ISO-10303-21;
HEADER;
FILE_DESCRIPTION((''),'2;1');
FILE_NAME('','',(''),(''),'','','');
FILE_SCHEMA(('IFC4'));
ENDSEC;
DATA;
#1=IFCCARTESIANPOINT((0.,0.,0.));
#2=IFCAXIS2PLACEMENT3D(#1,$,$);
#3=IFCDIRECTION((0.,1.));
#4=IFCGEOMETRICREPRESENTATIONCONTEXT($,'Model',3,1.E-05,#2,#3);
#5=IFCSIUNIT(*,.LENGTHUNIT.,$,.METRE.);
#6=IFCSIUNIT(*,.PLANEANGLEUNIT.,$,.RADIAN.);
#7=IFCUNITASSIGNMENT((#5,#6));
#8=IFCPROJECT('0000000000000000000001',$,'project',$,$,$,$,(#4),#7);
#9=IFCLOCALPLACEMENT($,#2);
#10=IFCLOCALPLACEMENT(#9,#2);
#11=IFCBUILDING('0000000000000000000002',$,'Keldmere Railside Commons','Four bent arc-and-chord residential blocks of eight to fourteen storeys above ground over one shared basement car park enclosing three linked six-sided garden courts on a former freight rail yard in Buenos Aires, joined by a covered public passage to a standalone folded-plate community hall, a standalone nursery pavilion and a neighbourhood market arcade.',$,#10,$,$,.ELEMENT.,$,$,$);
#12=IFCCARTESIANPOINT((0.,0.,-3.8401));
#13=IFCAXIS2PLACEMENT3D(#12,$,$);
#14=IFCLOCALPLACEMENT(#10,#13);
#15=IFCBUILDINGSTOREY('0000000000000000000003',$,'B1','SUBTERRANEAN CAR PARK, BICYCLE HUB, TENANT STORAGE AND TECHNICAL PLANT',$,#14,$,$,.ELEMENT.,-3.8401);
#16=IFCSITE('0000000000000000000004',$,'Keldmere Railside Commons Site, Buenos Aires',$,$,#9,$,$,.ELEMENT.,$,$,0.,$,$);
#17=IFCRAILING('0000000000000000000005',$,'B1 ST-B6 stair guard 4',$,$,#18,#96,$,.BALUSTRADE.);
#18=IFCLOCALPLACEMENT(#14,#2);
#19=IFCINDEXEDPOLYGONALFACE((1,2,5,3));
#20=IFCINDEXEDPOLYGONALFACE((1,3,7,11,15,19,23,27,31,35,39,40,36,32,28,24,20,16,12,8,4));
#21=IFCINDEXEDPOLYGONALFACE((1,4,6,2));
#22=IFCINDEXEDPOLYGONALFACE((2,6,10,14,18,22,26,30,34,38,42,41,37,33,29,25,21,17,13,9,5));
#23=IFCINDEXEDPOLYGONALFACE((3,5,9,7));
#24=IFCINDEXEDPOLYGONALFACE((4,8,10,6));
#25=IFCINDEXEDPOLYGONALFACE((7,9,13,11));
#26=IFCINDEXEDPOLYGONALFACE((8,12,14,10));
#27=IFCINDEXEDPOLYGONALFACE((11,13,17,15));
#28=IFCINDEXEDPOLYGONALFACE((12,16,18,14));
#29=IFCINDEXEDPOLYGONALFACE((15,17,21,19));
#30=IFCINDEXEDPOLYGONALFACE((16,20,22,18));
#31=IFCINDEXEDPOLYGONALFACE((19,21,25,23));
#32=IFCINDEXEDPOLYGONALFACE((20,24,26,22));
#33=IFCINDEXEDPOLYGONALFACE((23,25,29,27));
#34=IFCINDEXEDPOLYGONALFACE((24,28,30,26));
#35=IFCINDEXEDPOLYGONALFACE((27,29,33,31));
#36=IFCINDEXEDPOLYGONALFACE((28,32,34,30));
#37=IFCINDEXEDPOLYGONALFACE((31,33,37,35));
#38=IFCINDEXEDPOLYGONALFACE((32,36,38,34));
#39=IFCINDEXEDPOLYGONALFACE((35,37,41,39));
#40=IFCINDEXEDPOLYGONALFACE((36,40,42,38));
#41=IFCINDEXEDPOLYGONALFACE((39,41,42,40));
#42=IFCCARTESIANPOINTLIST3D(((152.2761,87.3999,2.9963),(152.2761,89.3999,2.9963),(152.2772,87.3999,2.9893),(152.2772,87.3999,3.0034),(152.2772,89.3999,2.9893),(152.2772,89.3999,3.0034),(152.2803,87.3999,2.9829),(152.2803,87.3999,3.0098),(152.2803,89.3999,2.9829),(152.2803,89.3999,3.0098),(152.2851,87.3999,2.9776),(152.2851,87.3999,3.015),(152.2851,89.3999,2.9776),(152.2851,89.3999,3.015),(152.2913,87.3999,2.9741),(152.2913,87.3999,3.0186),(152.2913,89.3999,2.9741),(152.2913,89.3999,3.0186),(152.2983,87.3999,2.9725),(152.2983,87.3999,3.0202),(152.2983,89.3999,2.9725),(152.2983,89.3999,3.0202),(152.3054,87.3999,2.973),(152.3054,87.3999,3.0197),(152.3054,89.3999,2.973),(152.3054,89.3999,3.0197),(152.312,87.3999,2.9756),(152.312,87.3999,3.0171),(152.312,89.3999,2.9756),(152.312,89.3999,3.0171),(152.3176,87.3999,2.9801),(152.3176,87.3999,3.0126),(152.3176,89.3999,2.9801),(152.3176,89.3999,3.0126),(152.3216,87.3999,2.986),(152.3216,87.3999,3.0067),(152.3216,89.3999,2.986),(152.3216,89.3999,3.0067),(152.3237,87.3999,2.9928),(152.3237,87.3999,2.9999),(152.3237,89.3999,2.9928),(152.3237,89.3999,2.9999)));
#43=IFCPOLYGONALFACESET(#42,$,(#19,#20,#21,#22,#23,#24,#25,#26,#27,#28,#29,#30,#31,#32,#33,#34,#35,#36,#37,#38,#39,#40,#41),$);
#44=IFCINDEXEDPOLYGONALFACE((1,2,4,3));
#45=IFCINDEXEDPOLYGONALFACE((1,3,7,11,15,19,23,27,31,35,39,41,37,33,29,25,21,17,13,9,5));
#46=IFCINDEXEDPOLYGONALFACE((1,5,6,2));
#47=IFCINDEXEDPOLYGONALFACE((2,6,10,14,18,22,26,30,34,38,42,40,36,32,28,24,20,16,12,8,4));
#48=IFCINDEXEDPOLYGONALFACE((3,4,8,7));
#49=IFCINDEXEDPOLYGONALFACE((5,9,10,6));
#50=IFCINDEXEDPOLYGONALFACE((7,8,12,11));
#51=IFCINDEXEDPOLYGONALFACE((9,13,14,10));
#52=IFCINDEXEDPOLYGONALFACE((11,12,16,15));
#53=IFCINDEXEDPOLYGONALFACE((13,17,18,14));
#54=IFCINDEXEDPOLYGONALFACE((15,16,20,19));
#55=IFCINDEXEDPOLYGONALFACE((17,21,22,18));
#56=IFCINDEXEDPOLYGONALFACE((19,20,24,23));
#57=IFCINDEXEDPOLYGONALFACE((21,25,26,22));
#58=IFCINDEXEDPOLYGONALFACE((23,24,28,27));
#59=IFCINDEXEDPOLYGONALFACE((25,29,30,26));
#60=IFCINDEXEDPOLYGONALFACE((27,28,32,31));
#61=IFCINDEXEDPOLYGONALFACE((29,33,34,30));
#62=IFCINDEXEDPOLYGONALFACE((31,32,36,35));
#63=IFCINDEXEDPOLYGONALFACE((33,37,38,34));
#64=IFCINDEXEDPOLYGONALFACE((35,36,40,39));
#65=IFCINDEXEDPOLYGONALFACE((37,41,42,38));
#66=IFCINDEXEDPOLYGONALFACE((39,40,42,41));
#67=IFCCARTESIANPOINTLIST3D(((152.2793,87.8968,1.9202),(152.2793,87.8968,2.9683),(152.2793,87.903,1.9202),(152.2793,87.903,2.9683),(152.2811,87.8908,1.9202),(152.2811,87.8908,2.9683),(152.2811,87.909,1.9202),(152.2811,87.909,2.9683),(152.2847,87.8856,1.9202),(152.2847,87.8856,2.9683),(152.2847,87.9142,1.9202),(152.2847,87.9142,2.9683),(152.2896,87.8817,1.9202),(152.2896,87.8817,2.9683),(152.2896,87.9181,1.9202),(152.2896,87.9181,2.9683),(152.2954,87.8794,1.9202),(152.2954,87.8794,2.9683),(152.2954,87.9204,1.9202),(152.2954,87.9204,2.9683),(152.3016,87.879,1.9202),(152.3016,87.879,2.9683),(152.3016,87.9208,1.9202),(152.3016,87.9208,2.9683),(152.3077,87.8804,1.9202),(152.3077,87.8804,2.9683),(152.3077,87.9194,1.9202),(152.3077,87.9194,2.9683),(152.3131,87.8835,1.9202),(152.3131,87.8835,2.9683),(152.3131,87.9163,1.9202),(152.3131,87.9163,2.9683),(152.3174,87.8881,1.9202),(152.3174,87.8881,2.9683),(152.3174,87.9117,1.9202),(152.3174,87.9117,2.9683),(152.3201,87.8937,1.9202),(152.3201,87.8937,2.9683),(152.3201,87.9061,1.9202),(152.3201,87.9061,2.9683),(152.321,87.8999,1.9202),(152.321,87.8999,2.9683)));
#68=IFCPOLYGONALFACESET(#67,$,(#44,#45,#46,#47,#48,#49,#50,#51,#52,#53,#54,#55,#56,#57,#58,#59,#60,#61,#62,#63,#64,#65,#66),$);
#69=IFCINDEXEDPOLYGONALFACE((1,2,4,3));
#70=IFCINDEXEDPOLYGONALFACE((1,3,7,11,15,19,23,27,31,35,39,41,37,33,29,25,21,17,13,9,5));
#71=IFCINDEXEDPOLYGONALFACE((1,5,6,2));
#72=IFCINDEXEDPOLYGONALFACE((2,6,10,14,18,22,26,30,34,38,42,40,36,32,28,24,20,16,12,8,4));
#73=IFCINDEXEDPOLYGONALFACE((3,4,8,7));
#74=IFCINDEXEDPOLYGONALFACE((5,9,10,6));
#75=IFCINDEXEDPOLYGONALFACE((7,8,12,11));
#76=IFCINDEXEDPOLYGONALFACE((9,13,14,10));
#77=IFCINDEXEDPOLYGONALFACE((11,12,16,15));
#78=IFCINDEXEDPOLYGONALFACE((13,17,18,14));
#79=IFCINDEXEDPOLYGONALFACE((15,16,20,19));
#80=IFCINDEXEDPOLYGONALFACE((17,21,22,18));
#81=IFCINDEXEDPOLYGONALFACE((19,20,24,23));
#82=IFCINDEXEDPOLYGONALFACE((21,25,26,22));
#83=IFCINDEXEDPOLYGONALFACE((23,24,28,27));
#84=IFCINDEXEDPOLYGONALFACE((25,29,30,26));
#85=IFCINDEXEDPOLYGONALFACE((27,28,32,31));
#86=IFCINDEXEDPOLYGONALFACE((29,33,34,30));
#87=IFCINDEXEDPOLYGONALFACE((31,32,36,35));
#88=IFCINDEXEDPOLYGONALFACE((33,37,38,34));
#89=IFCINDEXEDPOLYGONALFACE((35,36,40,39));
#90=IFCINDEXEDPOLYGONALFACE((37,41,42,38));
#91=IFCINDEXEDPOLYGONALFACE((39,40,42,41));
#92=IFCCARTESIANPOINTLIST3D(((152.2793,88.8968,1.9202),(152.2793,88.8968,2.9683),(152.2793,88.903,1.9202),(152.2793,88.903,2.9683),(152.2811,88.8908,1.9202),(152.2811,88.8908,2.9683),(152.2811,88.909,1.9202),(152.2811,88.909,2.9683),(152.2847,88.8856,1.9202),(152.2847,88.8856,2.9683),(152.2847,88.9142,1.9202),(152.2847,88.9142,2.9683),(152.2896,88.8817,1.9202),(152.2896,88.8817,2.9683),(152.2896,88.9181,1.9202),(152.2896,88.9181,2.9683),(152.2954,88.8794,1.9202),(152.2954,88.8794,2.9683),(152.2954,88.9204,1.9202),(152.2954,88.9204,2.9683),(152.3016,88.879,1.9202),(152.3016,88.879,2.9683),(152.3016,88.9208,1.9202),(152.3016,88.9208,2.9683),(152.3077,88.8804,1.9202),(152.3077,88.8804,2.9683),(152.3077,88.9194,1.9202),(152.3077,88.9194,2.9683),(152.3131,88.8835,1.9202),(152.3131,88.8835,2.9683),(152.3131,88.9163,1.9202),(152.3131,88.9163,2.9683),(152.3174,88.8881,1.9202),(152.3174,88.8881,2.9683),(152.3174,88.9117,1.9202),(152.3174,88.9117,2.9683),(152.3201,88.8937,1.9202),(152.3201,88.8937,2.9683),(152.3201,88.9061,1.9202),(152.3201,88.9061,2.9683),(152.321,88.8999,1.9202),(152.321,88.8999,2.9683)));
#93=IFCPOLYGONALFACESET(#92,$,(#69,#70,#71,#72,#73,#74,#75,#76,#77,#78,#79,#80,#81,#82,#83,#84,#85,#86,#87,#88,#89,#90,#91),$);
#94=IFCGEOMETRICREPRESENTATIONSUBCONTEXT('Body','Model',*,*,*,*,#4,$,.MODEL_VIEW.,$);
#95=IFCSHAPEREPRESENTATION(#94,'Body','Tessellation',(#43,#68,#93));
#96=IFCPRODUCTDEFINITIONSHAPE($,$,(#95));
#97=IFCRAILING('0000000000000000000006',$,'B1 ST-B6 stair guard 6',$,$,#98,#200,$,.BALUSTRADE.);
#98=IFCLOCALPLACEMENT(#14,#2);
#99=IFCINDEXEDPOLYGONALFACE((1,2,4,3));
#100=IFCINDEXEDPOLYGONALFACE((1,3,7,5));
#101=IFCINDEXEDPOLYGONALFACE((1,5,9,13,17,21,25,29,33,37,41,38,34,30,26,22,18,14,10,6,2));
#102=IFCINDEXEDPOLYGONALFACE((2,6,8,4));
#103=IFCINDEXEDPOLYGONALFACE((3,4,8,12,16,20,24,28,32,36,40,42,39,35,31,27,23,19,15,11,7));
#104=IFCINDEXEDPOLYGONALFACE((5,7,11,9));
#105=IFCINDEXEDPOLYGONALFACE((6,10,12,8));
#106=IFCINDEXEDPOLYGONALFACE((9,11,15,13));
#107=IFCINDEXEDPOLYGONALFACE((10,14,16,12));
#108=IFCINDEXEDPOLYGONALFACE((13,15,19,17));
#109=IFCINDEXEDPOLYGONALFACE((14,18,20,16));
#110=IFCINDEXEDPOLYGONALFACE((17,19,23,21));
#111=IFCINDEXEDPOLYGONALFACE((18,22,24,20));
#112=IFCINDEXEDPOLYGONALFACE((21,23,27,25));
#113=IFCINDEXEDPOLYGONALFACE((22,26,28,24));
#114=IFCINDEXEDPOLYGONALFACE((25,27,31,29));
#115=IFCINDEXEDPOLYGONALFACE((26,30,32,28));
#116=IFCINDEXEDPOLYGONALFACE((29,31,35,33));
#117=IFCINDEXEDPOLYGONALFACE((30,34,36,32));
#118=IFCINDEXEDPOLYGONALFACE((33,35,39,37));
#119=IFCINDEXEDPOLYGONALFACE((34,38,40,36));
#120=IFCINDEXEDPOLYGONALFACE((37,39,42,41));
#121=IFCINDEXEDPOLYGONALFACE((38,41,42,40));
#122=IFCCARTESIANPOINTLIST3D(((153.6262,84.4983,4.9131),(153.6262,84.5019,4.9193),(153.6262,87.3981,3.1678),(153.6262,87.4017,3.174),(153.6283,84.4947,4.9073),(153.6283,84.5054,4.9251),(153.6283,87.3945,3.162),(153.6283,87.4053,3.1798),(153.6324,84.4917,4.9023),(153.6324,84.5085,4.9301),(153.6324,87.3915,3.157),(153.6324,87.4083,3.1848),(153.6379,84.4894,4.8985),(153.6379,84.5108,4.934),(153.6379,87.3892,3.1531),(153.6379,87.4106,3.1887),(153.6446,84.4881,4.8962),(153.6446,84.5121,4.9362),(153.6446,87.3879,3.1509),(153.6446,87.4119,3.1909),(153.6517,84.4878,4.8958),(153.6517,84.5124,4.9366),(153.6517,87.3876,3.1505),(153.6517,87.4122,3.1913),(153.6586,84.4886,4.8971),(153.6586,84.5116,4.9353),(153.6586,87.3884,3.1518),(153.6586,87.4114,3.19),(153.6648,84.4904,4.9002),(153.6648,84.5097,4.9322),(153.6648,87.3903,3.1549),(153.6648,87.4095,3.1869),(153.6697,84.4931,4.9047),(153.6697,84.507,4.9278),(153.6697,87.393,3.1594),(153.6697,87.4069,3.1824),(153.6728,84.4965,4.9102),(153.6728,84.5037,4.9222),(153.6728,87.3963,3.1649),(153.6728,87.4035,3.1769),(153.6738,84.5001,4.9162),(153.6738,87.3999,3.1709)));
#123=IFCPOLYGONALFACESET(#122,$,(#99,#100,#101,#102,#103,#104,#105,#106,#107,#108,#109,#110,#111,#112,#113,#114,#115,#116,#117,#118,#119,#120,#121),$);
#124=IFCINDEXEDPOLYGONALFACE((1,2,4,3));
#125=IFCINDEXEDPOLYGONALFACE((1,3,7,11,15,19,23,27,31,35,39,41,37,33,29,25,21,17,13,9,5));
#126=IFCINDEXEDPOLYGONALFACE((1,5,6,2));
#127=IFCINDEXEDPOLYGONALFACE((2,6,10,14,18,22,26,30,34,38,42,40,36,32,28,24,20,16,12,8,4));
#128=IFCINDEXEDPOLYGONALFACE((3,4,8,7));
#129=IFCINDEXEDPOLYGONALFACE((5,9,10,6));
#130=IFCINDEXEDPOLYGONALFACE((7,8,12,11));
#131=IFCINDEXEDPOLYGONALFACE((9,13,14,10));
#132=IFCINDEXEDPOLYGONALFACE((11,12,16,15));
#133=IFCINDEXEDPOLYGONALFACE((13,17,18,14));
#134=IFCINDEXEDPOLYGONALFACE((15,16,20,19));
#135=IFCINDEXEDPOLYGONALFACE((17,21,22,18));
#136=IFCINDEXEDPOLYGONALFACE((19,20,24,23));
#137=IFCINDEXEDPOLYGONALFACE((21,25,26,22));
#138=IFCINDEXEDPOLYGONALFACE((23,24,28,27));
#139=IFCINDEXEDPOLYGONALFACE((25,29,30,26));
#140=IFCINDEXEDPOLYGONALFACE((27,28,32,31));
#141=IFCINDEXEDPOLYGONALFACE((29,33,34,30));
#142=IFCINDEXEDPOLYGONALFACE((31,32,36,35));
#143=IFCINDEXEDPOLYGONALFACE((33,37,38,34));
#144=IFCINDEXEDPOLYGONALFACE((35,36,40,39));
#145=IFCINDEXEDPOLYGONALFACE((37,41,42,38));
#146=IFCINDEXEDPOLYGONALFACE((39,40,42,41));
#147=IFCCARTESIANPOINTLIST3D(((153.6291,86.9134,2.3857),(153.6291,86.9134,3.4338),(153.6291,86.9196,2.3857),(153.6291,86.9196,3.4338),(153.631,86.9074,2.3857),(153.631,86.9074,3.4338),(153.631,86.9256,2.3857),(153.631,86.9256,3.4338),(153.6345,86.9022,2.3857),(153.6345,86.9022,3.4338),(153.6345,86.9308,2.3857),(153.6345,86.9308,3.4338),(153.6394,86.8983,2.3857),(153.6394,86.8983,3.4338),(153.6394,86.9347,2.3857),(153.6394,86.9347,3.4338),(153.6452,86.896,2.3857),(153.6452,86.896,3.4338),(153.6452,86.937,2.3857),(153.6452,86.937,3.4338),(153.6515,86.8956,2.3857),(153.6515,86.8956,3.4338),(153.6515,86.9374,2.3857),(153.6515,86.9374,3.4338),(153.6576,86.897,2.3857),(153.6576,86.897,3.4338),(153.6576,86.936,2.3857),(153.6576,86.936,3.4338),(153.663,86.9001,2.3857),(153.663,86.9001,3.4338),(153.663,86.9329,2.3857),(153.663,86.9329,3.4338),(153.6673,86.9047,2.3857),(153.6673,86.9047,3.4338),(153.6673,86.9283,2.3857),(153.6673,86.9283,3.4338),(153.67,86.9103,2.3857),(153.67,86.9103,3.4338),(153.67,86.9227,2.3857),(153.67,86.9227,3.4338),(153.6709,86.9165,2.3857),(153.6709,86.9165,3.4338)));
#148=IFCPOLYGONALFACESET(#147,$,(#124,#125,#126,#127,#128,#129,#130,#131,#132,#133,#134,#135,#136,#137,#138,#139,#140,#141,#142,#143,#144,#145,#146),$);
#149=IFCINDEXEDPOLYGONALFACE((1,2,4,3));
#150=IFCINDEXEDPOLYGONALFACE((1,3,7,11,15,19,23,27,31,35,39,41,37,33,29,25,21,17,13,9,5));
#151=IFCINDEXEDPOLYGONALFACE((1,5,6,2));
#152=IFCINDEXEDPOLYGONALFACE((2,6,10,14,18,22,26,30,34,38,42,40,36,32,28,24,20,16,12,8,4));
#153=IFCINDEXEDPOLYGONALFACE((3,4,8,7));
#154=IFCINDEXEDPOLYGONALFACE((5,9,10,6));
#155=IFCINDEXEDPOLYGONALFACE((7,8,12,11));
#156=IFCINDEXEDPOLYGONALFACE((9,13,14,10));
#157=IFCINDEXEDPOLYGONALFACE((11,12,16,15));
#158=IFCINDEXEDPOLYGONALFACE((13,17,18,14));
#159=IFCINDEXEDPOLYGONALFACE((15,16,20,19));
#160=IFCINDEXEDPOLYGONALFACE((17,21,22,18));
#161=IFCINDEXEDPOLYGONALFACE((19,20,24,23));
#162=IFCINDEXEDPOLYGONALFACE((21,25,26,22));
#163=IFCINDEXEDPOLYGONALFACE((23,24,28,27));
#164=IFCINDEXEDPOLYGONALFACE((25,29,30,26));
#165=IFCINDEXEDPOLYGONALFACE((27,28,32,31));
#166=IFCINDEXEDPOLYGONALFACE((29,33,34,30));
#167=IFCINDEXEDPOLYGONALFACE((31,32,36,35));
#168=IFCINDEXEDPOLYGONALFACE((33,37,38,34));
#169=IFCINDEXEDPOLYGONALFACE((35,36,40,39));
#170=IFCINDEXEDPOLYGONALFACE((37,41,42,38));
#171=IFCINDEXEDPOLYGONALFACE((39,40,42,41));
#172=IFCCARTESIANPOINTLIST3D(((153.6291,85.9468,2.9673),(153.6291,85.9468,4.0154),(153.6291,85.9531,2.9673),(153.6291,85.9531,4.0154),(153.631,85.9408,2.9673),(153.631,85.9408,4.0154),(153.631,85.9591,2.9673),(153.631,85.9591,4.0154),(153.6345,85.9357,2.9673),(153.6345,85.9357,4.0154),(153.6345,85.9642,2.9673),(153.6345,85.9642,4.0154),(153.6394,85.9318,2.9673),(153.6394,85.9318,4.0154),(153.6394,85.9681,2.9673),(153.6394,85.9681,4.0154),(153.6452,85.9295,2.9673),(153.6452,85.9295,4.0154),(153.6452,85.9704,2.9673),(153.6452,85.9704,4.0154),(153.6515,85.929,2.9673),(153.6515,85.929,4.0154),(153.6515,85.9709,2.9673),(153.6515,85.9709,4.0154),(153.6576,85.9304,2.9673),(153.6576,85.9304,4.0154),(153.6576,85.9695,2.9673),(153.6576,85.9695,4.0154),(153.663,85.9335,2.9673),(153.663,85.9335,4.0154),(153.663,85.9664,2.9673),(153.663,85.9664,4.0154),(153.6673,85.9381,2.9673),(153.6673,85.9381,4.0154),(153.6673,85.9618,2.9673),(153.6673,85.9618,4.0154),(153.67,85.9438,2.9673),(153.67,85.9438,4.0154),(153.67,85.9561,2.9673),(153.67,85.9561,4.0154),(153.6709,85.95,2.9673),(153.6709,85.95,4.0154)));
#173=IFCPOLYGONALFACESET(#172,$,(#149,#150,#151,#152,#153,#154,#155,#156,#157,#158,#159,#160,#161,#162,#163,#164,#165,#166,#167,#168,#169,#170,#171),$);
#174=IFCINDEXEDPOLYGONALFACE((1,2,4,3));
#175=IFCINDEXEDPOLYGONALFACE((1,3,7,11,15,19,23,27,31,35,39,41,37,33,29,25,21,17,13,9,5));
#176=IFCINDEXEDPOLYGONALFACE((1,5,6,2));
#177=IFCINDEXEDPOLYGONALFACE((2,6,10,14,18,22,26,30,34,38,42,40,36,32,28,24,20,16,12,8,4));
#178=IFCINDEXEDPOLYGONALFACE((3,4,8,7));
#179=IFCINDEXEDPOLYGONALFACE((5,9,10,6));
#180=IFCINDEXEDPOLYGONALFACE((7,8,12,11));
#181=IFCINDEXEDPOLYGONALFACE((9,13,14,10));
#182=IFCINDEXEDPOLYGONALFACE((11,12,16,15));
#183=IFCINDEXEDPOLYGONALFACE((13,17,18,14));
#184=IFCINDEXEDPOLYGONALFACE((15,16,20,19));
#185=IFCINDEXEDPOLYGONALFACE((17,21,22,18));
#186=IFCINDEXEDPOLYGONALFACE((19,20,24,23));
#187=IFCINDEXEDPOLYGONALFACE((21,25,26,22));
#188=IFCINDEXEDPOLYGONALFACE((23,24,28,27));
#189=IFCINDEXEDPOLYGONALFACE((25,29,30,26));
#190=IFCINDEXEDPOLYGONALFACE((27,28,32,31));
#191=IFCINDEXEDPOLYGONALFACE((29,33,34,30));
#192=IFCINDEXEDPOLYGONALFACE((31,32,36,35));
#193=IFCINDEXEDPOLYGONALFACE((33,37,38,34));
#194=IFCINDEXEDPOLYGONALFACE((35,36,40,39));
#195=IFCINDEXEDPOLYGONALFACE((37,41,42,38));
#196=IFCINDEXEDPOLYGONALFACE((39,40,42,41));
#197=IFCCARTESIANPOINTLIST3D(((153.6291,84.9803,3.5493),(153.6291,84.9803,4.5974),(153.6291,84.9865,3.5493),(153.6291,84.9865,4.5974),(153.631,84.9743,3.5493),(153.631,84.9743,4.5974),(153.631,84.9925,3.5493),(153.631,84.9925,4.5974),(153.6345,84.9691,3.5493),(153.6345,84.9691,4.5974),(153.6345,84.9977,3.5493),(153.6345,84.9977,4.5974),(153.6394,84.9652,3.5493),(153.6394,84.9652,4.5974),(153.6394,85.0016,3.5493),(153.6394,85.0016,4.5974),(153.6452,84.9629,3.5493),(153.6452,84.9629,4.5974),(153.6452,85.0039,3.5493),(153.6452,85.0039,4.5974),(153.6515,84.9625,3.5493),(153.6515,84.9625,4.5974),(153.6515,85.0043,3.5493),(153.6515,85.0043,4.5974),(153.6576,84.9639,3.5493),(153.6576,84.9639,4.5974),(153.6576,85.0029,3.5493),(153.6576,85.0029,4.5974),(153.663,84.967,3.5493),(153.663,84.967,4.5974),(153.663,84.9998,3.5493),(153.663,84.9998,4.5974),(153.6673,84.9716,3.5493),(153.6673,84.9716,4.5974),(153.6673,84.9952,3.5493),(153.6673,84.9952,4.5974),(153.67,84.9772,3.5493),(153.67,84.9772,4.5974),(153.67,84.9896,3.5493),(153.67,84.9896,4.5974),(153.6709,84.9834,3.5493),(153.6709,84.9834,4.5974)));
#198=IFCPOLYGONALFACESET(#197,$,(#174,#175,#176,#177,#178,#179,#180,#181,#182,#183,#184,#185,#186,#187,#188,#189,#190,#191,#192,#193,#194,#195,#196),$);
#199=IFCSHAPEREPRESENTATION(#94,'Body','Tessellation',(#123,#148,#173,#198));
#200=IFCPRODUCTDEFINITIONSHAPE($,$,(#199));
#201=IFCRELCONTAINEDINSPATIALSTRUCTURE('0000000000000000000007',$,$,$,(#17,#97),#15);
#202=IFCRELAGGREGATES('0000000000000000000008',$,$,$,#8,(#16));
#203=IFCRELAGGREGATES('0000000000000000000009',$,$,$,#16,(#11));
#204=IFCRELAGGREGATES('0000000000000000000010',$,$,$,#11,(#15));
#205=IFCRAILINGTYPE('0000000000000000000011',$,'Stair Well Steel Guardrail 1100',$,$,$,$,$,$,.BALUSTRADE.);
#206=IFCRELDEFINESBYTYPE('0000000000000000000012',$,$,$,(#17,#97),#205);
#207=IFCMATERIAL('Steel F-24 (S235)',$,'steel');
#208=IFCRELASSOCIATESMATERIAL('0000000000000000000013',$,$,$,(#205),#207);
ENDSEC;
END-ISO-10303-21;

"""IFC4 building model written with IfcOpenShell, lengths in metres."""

from ifc_helpers import new_model, si_unit, direction, frame, origin, origin_2d, place, context, subcontext, project, spatial, circle, extrude, material, type_object, element, save


model = new_model("IFC4")

# Units and contexts
model_context = context("Model", 3, precision=1e-05, world=origin(), true_north=direction((0.0, 1.0)))
body_context = subcontext(model_context, "Body", "Model", "MODEL_VIEW")
ifc_project = project(units=[si_unit("LENGTHUNIT", "METRE"), si_unit("PLANEANGLEUNIT", "RADIAN")], contexts=[model_context])

# Site, building, storey
site_placement = place(None, origin())
site = spatial("IfcSite", under=ifc_project, at=site_placement, Name="Keldmere Railside Commons Site, Buenos Aires", CompositionType="ELEMENT", RefElevation=0.0)
building_placement = place(site_placement, origin())
building = spatial("IfcBuilding", under=site, at=building_placement, Name="Keldmere Railside Commons", Description="Four bent arc-and-chord residential blocks of eight to fourteen storeys above ground over one shared basement car park enclosing three linked six-sided garden courts on a former freight rail yard in Buenos Aires, joined by a covered public passage to a standalone folded-plate community hall, a standalone nursery pavilion and a neighbourhood market arcade.", CompositionType="ELEMENT")
storey_placement = place(building_placement, frame((0.0, 0.0, -3.8401)))
storey = spatial("IfcBuildingStorey", under=building, at=storey_placement, Name="B1", Description="SUBTERRANEAN CAR PARK, BICYCLE HUB, TENANT STORAGE AND TECHNICAL PLANT", CompositionType="ELEMENT", Elevation=-3.8401)

# Railings
ifc_material_1 = material(Name="Steel F-24 (S235)", Category="steel")
railing_type_1 = type_object("IfcRailingType", Name="Stair Well Steel Guardrail 1100", PredefinedType="BALUSTRADE", material=ifc_material_1)
for number, where, name in (
    (1, (152.3, 87.3999, 1.9202), "B1 ST-B6 stair guard 4"),
):
    element("IfcRailing", number, at=place(storey_placement, frame(where)), inside=storey, type_object=railing_type_1, Name=name, PredefinedType="BALUSTRADE", context=body_context, shape_type="SweptSolid", body=[
        extrude(circle(Radius=0.0239, at=origin_2d()), frame((0.0, 0.0, 1.0762), z_axis=(0.0, 1.0, 0.0), x_axis=(-1.0, 0.0, 0.0)), (0.0, 0.0, 1.0), 2.0),
        extrude(circle(Radius=0.021, at=origin_2d()), frame((0.0, 0.5, 0.0)), (0.0, 0.0, 1.0), 1.0481),
        extrude(circle(Radius=0.021, at=origin_2d()), frame((0.0, 1.5, 0.0)), (0.0, 0.0, 1.0), 1.0481),
    ])
railing_1_placement = place(storey_placement, frame((153.6499, 87.3999, 2.0947)))
element("IfcRailing", 2, at=railing_1_placement, inside=storey, type_object=railing_type_1, Name="B1 ST-B6 stair guard 6", PredefinedType="BALUSTRADE", context=body_context, shape_type="SweptSolid", body=[
    extrude(circle(Radius=0.0239, at=origin_2d()), frame((0.0, 0.0, 1.0762), z_axis=(0.0, -0.856786, 0.515673), x_axis=(1.0, 0.0, 0.0)), (0.0, 0.0, 1.0), 3.3845),
    extrude(circle(Radius=0.021, at=origin_2d()), frame((0.0, -0.4834, 0.291)), (0.0, 0.0, 1.0), 1.0481),
    extrude(circle(Radius=0.021, at=origin_2d()), frame((0.0, -1.45, 0.8726)), (0.0, 0.0, 1.0), 1.0481),
    extrude(circle(Radius=0.021, at=origin_2d()), frame((0.0, -2.4165, 1.4546)), (0.0, 0.0, 1.0), 1.0481),
])

save(model, "model.ifc")
